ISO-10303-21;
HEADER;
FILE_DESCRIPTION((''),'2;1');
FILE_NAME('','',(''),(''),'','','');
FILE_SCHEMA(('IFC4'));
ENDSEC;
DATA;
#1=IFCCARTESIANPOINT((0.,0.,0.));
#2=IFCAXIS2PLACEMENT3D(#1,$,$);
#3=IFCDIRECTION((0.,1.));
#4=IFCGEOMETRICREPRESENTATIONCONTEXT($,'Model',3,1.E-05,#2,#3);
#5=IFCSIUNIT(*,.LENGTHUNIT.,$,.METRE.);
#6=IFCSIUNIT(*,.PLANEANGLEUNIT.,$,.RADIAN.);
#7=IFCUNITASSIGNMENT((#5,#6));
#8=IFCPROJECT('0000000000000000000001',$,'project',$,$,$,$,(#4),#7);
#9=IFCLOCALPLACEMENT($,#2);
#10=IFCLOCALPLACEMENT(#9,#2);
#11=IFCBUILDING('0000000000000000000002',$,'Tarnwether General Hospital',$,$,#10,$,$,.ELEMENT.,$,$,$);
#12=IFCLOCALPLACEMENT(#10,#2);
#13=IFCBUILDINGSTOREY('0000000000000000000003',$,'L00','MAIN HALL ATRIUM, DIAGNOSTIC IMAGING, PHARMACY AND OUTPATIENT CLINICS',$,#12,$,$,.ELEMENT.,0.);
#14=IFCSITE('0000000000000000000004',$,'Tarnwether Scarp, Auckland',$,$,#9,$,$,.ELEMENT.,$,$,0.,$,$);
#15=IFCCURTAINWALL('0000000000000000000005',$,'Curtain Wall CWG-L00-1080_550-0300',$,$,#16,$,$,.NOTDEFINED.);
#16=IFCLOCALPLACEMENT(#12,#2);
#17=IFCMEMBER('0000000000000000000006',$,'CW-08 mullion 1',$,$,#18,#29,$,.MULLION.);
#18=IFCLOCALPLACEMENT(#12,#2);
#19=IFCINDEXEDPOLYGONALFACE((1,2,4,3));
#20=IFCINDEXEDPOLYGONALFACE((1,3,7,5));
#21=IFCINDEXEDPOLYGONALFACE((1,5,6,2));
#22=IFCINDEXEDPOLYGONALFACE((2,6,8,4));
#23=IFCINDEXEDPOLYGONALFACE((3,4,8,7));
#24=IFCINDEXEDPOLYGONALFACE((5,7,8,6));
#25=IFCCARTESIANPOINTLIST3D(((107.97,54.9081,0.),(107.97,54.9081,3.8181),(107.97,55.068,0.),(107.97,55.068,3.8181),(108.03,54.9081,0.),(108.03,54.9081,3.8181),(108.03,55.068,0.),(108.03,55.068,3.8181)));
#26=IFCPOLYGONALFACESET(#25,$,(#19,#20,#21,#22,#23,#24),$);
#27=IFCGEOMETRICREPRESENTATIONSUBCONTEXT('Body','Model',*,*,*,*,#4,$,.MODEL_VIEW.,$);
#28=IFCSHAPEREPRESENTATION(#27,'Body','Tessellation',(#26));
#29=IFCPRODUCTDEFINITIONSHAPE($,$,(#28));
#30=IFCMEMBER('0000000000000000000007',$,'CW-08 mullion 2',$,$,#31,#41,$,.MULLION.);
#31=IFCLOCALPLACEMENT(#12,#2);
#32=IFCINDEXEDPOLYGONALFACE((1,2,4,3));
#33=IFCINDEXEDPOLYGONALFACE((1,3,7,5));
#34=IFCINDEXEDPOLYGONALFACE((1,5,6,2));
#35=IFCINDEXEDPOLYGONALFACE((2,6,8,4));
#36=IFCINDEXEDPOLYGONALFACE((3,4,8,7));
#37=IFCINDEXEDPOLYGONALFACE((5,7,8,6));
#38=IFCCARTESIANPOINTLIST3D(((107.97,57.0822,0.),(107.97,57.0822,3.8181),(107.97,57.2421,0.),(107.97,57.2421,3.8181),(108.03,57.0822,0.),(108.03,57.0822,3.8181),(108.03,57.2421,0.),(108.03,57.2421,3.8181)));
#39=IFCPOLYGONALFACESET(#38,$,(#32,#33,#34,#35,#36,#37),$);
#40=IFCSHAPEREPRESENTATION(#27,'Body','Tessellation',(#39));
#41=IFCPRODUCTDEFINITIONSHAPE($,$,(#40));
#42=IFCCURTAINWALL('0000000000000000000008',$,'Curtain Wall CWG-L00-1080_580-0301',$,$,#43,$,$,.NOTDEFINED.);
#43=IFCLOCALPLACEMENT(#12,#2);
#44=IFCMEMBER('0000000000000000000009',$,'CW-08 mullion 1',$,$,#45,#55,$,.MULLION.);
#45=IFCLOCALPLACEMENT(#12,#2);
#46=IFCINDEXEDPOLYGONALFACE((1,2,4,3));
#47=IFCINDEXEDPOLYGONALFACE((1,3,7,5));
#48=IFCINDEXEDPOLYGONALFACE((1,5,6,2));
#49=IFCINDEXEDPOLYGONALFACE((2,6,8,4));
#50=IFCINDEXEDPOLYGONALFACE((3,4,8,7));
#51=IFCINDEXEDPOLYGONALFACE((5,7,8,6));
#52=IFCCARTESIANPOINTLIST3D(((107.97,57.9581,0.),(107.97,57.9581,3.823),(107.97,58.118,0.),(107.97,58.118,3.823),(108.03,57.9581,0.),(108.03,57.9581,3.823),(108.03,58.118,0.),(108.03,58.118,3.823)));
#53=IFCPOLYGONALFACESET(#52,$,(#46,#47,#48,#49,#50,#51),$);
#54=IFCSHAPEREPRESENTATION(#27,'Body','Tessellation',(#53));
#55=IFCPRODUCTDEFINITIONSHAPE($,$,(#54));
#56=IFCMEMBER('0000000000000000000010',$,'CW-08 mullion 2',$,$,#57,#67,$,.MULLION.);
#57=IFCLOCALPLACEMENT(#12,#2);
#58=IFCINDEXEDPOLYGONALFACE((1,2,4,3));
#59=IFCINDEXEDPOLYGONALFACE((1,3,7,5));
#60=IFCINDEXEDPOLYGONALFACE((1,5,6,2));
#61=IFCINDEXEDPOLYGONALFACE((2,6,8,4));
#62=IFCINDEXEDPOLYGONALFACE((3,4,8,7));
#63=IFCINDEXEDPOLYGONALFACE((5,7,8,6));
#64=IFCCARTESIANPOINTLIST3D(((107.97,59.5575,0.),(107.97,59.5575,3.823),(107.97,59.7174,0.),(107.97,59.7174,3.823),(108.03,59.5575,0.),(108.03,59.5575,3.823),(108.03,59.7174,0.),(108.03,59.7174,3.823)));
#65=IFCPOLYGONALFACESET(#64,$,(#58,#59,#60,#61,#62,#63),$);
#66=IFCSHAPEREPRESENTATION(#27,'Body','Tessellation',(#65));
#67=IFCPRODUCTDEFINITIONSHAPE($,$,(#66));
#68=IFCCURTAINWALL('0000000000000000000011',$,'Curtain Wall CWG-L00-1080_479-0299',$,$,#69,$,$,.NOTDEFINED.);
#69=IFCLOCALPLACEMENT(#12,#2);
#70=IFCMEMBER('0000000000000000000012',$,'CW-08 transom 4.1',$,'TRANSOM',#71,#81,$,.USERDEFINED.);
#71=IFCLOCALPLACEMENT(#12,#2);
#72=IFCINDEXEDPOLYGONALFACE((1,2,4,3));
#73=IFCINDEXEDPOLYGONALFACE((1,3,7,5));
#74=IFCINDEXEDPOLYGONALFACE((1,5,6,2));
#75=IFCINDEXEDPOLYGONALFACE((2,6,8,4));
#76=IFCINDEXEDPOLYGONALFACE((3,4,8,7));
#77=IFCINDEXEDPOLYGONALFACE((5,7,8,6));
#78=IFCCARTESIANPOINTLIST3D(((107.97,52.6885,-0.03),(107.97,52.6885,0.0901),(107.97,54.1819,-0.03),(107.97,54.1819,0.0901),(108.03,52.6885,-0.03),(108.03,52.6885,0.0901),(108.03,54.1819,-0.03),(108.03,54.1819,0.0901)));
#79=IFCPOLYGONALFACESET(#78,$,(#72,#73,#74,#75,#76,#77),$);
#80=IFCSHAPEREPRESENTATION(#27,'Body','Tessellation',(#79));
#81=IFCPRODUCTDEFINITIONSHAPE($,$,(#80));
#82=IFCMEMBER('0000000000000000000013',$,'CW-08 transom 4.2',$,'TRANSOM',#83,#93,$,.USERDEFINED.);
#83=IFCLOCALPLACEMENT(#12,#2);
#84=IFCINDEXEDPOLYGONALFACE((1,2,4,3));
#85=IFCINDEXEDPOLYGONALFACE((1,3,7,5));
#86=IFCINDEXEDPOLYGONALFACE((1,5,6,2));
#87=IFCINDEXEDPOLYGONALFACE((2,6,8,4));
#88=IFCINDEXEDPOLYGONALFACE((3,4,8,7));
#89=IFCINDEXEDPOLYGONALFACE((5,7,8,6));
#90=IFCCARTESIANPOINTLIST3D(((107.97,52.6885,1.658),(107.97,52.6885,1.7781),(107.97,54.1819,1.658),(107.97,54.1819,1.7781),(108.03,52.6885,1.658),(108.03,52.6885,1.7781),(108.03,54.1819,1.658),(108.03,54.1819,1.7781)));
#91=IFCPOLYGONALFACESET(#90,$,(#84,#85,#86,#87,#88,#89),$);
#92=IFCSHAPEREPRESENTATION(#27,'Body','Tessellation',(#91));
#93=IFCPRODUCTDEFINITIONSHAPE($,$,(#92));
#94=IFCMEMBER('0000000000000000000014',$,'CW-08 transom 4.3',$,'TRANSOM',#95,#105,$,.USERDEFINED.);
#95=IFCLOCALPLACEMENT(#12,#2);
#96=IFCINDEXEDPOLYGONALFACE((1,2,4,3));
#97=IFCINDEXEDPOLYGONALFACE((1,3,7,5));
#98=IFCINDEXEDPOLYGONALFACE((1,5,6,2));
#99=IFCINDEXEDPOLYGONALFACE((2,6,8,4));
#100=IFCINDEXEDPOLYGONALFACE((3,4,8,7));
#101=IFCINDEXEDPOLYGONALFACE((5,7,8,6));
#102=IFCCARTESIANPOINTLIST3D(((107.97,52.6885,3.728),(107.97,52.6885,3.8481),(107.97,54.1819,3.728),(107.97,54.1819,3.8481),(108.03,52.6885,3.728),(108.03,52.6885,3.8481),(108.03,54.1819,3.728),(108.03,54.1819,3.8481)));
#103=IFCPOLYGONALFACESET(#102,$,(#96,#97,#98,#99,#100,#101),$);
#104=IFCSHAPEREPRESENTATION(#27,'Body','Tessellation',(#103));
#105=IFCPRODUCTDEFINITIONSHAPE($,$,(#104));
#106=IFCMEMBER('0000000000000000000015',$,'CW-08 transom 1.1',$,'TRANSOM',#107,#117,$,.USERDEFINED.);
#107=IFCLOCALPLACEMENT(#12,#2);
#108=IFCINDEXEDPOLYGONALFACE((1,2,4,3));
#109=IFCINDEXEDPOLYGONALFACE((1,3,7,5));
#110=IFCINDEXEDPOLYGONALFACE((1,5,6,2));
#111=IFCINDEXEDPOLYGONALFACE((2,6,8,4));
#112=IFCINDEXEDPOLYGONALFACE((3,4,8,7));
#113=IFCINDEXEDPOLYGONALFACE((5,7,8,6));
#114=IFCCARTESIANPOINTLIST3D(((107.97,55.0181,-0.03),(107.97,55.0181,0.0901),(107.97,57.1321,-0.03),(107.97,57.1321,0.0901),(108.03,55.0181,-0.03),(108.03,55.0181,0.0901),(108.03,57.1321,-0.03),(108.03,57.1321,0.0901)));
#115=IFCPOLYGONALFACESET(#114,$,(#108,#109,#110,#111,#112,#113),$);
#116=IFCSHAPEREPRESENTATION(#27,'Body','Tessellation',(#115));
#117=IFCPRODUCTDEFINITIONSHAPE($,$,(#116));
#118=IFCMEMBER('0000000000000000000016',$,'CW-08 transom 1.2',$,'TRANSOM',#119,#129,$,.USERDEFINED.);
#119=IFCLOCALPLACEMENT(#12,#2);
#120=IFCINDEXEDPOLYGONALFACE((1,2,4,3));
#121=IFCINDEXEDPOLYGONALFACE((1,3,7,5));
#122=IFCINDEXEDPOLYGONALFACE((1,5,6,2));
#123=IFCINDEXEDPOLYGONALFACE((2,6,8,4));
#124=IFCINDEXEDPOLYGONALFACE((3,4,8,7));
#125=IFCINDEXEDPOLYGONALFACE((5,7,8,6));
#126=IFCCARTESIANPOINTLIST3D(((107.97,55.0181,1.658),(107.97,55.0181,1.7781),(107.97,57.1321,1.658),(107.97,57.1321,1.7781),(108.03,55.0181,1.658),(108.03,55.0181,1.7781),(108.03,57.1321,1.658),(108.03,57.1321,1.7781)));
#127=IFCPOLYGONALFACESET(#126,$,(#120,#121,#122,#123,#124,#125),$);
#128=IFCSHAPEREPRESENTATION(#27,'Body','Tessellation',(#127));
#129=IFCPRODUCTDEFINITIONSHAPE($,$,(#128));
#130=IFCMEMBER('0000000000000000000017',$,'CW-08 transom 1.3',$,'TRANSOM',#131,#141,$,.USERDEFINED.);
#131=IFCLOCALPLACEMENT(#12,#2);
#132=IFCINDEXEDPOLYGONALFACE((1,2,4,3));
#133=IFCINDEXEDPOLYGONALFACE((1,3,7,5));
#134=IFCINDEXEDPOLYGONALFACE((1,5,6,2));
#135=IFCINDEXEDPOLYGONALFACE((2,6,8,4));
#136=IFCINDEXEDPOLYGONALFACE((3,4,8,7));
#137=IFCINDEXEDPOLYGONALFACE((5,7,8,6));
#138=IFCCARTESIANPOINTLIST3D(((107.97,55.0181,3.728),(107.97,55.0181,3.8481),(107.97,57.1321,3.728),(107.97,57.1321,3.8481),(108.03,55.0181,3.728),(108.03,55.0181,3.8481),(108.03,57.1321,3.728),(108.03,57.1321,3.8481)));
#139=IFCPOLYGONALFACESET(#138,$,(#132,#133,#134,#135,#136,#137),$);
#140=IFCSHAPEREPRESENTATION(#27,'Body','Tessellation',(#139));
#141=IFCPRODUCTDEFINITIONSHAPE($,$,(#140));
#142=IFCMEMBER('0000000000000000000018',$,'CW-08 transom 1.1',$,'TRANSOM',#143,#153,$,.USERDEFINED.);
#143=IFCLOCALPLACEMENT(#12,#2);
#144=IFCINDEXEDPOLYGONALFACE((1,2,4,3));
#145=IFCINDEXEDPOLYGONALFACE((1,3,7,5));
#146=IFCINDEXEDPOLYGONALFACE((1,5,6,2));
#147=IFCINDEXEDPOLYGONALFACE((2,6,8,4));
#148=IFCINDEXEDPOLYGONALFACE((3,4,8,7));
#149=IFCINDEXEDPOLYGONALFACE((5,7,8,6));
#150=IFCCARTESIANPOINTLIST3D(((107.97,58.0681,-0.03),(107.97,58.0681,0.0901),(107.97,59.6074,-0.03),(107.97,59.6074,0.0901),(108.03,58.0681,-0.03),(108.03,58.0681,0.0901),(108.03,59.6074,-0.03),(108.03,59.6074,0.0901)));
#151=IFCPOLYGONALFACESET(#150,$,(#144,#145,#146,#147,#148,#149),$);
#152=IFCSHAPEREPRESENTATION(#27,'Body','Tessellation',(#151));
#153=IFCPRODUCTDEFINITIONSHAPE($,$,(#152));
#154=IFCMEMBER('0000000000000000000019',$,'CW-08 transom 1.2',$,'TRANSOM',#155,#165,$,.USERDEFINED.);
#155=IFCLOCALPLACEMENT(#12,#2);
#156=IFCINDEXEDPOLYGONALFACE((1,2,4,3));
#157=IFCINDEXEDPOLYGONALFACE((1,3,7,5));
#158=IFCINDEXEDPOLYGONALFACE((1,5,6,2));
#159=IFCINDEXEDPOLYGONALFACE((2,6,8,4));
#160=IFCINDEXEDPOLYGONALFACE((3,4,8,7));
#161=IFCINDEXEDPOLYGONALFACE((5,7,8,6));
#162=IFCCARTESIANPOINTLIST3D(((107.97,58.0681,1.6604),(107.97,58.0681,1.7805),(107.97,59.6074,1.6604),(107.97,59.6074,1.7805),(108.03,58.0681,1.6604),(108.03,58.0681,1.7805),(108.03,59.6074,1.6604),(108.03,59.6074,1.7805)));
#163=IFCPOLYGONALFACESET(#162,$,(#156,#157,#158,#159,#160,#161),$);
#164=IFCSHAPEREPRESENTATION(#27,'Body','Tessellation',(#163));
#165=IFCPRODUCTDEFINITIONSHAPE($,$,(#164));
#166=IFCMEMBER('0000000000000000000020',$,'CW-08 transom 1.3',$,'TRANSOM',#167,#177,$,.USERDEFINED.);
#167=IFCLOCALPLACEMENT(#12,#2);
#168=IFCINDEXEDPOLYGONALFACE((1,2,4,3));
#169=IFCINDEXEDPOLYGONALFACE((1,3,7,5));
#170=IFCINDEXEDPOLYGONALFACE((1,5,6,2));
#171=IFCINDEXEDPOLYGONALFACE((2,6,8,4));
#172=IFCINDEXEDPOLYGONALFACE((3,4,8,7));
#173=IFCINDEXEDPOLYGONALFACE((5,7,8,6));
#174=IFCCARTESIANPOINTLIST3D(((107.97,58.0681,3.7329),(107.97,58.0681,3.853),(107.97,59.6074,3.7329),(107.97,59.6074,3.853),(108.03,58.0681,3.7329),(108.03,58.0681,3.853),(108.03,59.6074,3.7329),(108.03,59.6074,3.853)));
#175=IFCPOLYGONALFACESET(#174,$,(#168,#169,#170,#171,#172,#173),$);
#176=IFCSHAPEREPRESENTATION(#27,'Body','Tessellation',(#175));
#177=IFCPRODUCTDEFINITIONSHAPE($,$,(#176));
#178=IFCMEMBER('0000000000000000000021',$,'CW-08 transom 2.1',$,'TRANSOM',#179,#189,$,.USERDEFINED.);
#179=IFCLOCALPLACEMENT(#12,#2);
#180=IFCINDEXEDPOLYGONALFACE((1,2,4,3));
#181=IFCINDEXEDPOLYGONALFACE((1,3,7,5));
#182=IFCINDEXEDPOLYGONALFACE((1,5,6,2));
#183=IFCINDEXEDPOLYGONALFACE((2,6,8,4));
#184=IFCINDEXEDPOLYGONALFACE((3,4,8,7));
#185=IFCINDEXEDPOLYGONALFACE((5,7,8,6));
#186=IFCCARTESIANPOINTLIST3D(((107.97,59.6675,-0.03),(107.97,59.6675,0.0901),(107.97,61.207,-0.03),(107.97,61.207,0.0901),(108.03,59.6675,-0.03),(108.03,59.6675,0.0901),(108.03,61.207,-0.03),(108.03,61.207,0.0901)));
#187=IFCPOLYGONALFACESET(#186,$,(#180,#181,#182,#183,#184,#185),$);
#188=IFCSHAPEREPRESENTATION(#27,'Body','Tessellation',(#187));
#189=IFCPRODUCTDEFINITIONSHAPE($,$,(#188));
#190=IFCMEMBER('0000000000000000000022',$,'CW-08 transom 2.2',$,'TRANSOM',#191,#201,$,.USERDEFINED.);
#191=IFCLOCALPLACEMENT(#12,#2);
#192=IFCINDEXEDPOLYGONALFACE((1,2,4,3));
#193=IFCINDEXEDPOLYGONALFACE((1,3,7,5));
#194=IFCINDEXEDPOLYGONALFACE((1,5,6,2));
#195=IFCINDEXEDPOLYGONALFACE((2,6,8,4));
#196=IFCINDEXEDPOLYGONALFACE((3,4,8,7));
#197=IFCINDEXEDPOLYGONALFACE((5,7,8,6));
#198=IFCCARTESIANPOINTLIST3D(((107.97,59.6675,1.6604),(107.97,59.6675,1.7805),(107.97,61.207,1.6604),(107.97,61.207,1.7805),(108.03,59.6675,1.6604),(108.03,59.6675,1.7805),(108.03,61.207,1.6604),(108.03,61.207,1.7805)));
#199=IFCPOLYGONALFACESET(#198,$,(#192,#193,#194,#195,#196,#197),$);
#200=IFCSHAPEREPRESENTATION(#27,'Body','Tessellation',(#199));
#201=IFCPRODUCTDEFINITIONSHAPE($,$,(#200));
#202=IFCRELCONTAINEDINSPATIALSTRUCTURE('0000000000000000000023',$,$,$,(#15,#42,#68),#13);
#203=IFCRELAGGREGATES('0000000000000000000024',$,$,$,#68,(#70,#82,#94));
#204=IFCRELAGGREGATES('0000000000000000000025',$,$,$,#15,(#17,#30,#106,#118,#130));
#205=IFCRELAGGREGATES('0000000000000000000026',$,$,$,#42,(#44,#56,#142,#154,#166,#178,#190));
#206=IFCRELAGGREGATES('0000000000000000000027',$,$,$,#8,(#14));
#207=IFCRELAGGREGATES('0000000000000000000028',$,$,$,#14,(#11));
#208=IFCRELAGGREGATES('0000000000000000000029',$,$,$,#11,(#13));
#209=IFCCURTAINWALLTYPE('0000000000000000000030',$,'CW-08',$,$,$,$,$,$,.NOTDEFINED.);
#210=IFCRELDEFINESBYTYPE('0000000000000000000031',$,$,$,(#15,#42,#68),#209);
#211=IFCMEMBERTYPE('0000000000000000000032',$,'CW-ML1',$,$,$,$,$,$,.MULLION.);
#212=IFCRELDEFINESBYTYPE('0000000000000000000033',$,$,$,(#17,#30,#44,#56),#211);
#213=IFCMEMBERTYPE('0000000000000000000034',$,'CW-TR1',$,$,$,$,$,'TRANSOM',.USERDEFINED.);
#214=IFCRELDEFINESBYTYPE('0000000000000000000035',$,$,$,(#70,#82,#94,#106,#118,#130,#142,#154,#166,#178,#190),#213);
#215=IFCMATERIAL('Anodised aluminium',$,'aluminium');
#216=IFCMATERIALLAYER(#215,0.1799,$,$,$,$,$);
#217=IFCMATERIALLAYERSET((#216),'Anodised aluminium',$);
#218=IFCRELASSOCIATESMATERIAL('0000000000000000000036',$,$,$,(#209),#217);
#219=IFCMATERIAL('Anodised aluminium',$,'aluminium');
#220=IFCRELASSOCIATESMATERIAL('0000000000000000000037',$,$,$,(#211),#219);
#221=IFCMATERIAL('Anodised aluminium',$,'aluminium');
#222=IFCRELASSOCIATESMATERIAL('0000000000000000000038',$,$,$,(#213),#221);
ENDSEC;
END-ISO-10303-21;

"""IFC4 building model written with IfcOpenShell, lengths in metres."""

from ifc_helpers import new_model, si_unit, direction, frame, origin, origin_2d, place, context, subcontext, project, spatial, rectangle, extrude, material, layer, layer_set, material_profile, profile_set, type_object, element, aggregate, save


model = new_model("IFC4")

# Units and contexts
model_context = context("Model", 3, precision=1e-05, world=origin(), true_north=direction((0.0, 1.0)))
body_context = subcontext(model_context, "Body", "Model", "MODEL_VIEW")
ifc_project = project(units=[si_unit("LENGTHUNIT", "METRE"), si_unit("PLANEANGLEUNIT", "RADIAN")], contexts=[model_context])

# Site, building, storey
site_placement = place(None, origin())
site = spatial("IfcSite", under=ifc_project, at=site_placement, Name="Tarnwether Scarp, Auckland", CompositionType="ELEMENT", RefElevation=0.0)
building_placement = place(site_placement, origin())
building = spatial("IfcBuilding", under=site, at=building_placement, Name="Tarnwether General Hospital", CompositionType="ELEMENT")
storey_placement = place(building_placement, origin())
storey = spatial("IfcBuildingStorey", under=building, at=storey_placement, Name="L00", Description="MAIN HALL ATRIUM, DIAGNOSTIC IMAGING, PHARMACY AND OUTPATIENT CLINICS", CompositionType="ELEMENT", Elevation=0.0)

# Curtain walls, members
ifc_material_1 = material(Name="Anodised aluminium", Category="aluminium")
ifc_layer_1 = layer(ifc_material_1, 0.1799)
ifc_layer_set_1 = layer_set([ifc_layer_1], Name="Anodised aluminium")
curtain_wall_type = type_object("IfcCurtainWallType", Name="CW-08", PredefinedType="NOTDEFINED", material=ifc_layer_set_1)
curtain_wall_1_placement = place(storey_placement, origin())
curtain_wall_1 = element("IfcCurtainWall", 1, at=curtain_wall_1_placement, inside=storey, type_object=curtain_wall_type, Name="Curtain Wall CWG-L00-1080_550-0300", PredefinedType="NOTDEFINED")
ifc_material_2 = material(Name="Anodised aluminium", Category="aluminium")
ifc_material_profile_1 = material_profile(ifc_material_2, rectangle(XDim=0.0601, YDim=0.1599, at=origin_2d()), Name="ALU-MUL-60x160")
ifc_profile_set_1 = profile_set([ifc_material_profile_1], Name="Anodised aluminium")
member_type_1 = type_object("IfcMemberType", Name="CW-ML1", PredefinedType="MULLION", material=ifc_profile_set_1)
member_1_placement = place(storey_placement, frame((108.0, 54.988, 0.0), z_axis=(0.0, 0.0, 1.0), x_axis=(-1.0, 0.0, 0.0)))
member_1 = element("IfcMember", 2, at=member_1_placement, type_object=member_type_1, Name="CW-08 mullion 1", PredefinedType="MULLION", context=body_context, shape_type="SweptSolid", body=[
    extrude(rectangle(XDim=0.0601, YDim=0.1599, at=origin_2d()), origin(), (0.0, 0.0, 1.0), 3.8181),
])
member_2_placement = place(storey_placement, frame((108.0, 57.1621, 0.0), z_axis=(0.0, 0.0, 1.0), x_axis=(-1.0, 0.0, 0.0)))
member_2 = element("IfcMember", 3, at=member_2_placement, type_object=member_type_1, Name="CW-08 mullion 2", PredefinedType="MULLION", context=body_context, shape_type="SweptSolid", body=[
    extrude(rectangle(XDim=0.0601, YDim=0.1599, at=origin_2d()), origin(), (0.0, 0.0, 1.0), 3.8181),
])
curtain_wall_2_placement = place(storey_placement, origin())
curtain_wall_2 = element("IfcCurtainWall", 4, at=curtain_wall_2_placement, inside=storey, type_object=curtain_wall_type, Name="Curtain Wall CWG-L00-1080_580-0301", PredefinedType="NOTDEFINED")
member_3_placement = place(storey_placement, frame((108.0, 58.0381, 0.0), z_axis=(0.0, 0.0, 1.0), x_axis=(-1.0, 0.0, 0.0)))
member_3 = element("IfcMember", 5, at=member_3_placement, type_object=member_type_1, Name="CW-08 mullion 1", PredefinedType="MULLION", context=body_context, shape_type="SweptSolid", body=[
    extrude(rectangle(XDim=0.0601, YDim=0.1599, at=origin_2d()), origin(), (0.0, 0.0, 1.0), 3.823),
])
member_4_placement = place(storey_placement, frame((108.0, 59.6375, 0.0), z_axis=(0.0, 0.0, 1.0), x_axis=(-1.0, 0.0, 0.0)))
member_4 = element("IfcMember", 6, at=member_4_placement, type_object=member_type_1, Name="CW-08 mullion 2", PredefinedType="MULLION", context=body_context, shape_type="SweptSolid", body=[
    extrude(rectangle(XDim=0.0601, YDim=0.1599, at=origin_2d()), origin(), (0.0, 0.0, 1.0), 3.823),
])
curtain_wall_3_placement = place(storey_placement, origin())
curtain_wall_3 = element("IfcCurtainWall", 7, at=curtain_wall_3_placement, inside=storey, type_object=curtain_wall_type, Name="Curtain Wall CWG-L00-1080_479-0299", PredefinedType="NOTDEFINED")
ifc_material_3 = material(Name="Anodised aluminium", Category="aluminium")
ifc_material_profile_2 = material_profile(ifc_material_3, rectangle(XDim=0.0601, YDim=0.1201, at=origin_2d()), Name="ALU-TRN-60x120")
ifc_profile_set_2 = profile_set([ifc_material_profile_2], Name="Anodised aluminium")
member_type_2 = type_object("IfcMemberType", Name="CW-TR1", ElementType="TRANSOM", PredefinedType="USERDEFINED", material=ifc_profile_set_2)
member_5_placement = place(storey_placement, frame((108.0, 52.6885, 0.03), z_axis=(0.0, 1.0, 0.0), x_axis=(-1.0, 0.0, 0.0)))
member_5 = element("IfcMember", 8, at=member_5_placement, type_object=member_type_2, Name="CW-08 transom 4.1", ObjectType="TRANSOM", PredefinedType="USERDEFINED", context=body_context, shape_type="SweptSolid", body=[
    extrude(rectangle(XDim=0.0601, YDim=0.1201, at=origin_2d()), origin(), (0.0, 0.0, 1.0), 1.4934),
])
member_6_placement = place(storey_placement, frame((108.0, 52.6885, 1.718), z_axis=(0.0, 1.0, 0.0), x_axis=(-1.0, 0.0, 0.0)))
member_6 = element("IfcMember", 9, at=member_6_placement, type_object=member_type_2, Name="CW-08 transom 4.2", ObjectType="TRANSOM", PredefinedType="USERDEFINED", context=body_context, shape_type="SweptSolid", body=[
    extrude(rectangle(XDim=0.0601, YDim=0.1201, at=origin_2d()), origin(), (0.0, 0.0, 1.0), 1.4934),
])
member_7_placement = place(storey_placement, frame((108.0, 52.6885, 3.7881), z_axis=(0.0, 1.0, 0.0), x_axis=(-1.0, 0.0, 0.0)))
member_7 = element("IfcMember", 10, at=member_7_placement, type_object=member_type_2, Name="CW-08 transom 4.3", ObjectType="TRANSOM", PredefinedType="USERDEFINED", context=body_context, shape_type="SweptSolid", body=[
    extrude(rectangle(XDim=0.0601, YDim=0.1201, at=origin_2d()), origin(), (0.0, 0.0, 1.0), 1.4934),
])

# Members
member_8_placement = place(storey_placement, frame((108.0, 55.0181, 0.03), z_axis=(0.0, 1.0, 0.0), x_axis=(-1.0, 0.0, 0.0)))
member_8 = element("IfcMember", 11, at=member_8_placement, type_object=member_type_2, Name="CW-08 transom 1.1", ObjectType="TRANSOM", PredefinedType="USERDEFINED", context=body_context, shape_type="SweptSolid", body=[
    extrude(rectangle(XDim=0.0601, YDim=0.1201, at=origin_2d()), origin(), (0.0, 0.0, 1.0), 2.114),
])
member_9_placement = place(storey_placement, frame((108.0, 55.0181, 1.718), z_axis=(0.0, 1.0, 0.0), x_axis=(-1.0, 0.0, 0.0)))
member_9 = element("IfcMember", 12, at=member_9_placement, type_object=member_type_2, Name="CW-08 transom 1.2", ObjectType="TRANSOM", PredefinedType="USERDEFINED", context=body_context, shape_type="SweptSolid", body=[
    extrude(rectangle(XDim=0.0601, YDim=0.1201, at=origin_2d()), origin(), (0.0, 0.0, 1.0), 2.114),
])
member_10_placement = place(storey_placement, frame((108.0, 55.0181, 3.7881), z_axis=(0.0, 1.0, 0.0), x_axis=(-1.0, 0.0, 0.0)))
member_10 = element("IfcMember", 13, at=member_10_placement, type_object=member_type_2, Name="CW-08 transom 1.3", ObjectType="TRANSOM", PredefinedType="USERDEFINED", context=body_context, shape_type="SweptSolid", body=[
    extrude(rectangle(XDim=0.0601, YDim=0.1201, at=origin_2d()), origin(), (0.0, 0.0, 1.0), 2.114),
])
member_11_placement = place(storey_placement, frame((108.0, 58.0681, 0.03), z_axis=(0.0, 1.0, 0.0), x_axis=(-1.0, 0.0, 0.0)))
member_11 = element("IfcMember", 14, at=member_11_placement, type_object=member_type_2, Name="CW-08 transom 1.1", ObjectType="TRANSOM", PredefinedType="USERDEFINED", context=body_context, shape_type="SweptSolid", body=[
    extrude(rectangle(XDim=0.0601, YDim=0.1201, at=origin_2d()), origin(), (0.0, 0.0, 1.0), 1.5393),
])
member_12_placement = place(storey_placement, frame((108.0, 58.0681, 1.7205), z_axis=(0.0, 1.0, 0.0), x_axis=(-1.0, 0.0, 0.0)))
member_12 = element("IfcMember", 15, at=member_12_placement, type_object=member_type_2, Name="CW-08 transom 1.2", ObjectType="TRANSOM", PredefinedType="USERDEFINED", context=body_context, shape_type="SweptSolid", body=[
    extrude(rectangle(XDim=0.0601, YDim=0.1201, at=origin_2d()), origin(), (0.0, 0.0, 1.0), 1.5393),
])
member_13_placement = place(storey_placement, frame((108.0, 58.0681, 3.793), z_axis=(0.0, 1.0, 0.0), x_axis=(-1.0, 0.0, 0.0)))
member_13 = element("IfcMember", 16, at=member_13_placement, type_object=member_type_2, Name="CW-08 transom 1.3", ObjectType="TRANSOM", PredefinedType="USERDEFINED", context=body_context, shape_type="SweptSolid", body=[
    extrude(rectangle(XDim=0.0601, YDim=0.1201, at=origin_2d()), origin(), (0.0, 0.0, 1.0), 1.5393),
])
member_14_placement = place(storey_placement, frame((108.0, 59.6675, 0.03), z_axis=(0.0, 1.0, 0.0), x_axis=(-1.0, 0.0, 0.0)))
member_14 = element("IfcMember", 17, at=member_14_placement, type_object=member_type_2, Name="CW-08 transom 2.1", ObjectType="TRANSOM", PredefinedType="USERDEFINED", context=body_context, shape_type="SweptSolid", body=[
    extrude(rectangle(XDim=0.0601, YDim=0.1201, at=origin_2d()), origin(), (0.0, 0.0, 1.0), 1.5396),
])
member_15_placement = place(storey_placement, frame((108.0, 59.6675, 1.7205), z_axis=(0.0, 1.0, 0.0), x_axis=(-1.0, 0.0, 0.0)))
member_15 = element("IfcMember", 18, at=member_15_placement, type_object=member_type_2, Name="CW-08 transom 2.2", ObjectType="TRANSOM", PredefinedType="USERDEFINED", context=body_context, shape_type="SweptSolid", body=[
    extrude(rectangle(XDim=0.0601, YDim=0.1201, at=origin_2d()), origin(), (0.0, 0.0, 1.0), 1.5396),
])

aggregate(curtain_wall_3, [member_5, member_6, member_7])
aggregate(curtain_wall_1, [member_1, member_2, member_8, member_9, member_10])
aggregate(curtain_wall_2, [member_3, member_4, member_11, member_12, member_13, member_14, member_15])

save(model, "model.ifc")
